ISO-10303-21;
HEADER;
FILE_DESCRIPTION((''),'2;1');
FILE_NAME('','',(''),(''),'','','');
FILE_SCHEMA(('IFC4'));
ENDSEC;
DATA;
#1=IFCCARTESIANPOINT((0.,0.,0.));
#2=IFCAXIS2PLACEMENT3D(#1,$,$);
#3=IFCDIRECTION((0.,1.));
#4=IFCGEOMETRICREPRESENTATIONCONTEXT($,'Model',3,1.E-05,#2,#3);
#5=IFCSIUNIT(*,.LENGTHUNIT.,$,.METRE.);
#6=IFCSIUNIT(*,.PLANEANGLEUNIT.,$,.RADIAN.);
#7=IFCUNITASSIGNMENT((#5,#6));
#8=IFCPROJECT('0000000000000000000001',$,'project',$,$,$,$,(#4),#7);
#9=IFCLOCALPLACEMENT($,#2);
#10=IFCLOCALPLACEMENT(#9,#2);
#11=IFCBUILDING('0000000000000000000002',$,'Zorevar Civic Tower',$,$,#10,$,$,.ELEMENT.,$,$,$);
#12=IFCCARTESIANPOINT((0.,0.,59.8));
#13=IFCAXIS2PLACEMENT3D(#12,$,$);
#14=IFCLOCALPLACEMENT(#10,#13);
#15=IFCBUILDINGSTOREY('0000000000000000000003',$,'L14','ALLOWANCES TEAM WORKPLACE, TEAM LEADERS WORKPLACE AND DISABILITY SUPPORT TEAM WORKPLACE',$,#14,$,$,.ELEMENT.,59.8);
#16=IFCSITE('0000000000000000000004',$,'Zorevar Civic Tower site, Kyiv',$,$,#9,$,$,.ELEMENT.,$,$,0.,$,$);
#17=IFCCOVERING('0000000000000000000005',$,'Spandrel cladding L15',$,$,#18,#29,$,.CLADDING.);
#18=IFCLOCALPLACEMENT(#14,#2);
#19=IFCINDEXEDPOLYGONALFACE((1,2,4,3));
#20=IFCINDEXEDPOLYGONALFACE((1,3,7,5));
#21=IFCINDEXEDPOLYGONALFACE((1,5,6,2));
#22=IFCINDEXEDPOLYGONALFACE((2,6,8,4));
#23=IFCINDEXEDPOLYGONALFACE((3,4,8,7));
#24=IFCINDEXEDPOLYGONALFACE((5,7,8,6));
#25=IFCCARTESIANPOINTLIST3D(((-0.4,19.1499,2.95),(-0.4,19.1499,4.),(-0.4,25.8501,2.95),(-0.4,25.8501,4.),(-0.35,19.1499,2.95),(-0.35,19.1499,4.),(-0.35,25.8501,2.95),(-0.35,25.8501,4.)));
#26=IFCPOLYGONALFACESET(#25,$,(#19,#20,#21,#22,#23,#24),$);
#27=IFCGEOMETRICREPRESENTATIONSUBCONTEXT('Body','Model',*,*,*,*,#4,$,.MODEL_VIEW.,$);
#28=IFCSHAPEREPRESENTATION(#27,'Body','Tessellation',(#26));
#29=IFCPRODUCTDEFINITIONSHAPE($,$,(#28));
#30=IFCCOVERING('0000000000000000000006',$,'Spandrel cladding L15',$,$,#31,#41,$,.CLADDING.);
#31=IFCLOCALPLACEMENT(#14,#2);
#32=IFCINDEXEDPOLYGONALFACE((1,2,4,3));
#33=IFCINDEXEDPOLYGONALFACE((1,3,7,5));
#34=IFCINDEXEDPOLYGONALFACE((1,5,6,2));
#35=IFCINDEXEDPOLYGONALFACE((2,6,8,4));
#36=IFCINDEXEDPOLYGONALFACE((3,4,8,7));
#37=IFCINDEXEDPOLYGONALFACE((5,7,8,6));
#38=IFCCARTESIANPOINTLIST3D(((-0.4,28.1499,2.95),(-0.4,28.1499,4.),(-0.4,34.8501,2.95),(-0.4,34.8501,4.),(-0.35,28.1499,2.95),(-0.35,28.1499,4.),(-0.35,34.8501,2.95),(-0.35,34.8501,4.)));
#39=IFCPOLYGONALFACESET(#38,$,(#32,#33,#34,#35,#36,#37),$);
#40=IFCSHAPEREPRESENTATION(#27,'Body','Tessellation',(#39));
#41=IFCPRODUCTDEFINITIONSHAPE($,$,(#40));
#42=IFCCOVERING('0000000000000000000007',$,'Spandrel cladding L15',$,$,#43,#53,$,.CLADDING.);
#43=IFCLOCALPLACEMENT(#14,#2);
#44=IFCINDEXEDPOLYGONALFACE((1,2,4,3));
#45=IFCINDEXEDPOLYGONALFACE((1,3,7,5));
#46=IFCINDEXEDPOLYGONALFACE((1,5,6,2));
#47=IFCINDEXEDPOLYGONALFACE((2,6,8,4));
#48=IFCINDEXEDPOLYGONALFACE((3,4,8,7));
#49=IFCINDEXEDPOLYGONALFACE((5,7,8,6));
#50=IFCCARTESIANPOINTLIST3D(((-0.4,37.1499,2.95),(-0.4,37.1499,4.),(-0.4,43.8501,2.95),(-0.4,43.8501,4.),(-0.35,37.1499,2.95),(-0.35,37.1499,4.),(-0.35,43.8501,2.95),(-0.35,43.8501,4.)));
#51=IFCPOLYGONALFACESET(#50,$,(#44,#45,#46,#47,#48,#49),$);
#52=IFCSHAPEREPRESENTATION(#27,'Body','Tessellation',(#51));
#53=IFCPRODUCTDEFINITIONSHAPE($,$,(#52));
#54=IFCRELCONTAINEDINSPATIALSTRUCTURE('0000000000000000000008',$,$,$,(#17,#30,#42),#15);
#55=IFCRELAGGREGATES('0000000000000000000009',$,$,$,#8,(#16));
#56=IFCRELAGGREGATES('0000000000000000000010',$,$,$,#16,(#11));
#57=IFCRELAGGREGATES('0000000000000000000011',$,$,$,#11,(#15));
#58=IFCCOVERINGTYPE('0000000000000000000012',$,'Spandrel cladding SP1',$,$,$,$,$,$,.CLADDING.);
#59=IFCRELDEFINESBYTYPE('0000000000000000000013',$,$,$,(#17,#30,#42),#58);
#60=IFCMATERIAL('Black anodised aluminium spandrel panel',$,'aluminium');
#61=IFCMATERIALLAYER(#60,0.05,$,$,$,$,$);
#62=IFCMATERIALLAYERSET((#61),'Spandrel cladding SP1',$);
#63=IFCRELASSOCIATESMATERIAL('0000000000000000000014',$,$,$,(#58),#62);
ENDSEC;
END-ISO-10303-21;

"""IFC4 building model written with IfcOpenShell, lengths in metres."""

from ifc_helpers import new_model, si_unit, direction, frame, frame_2d, origin, place, context, subcontext, project, spatial, rectangle, extrude, material, layer, layer_set, type_object, element, save


model = new_model("IFC4")

# Units and contexts
model_context = context("Model", 3, precision=1e-05, world=origin(), true_north=direction((0.0, 1.0)))
body_context = subcontext(model_context, "Body", "Model", "MODEL_VIEW")
ifc_project = project(units=[si_unit("LENGTHUNIT", "METRE"), si_unit("PLANEANGLEUNIT", "RADIAN")], contexts=[model_context])

# Site, building, storey
site_placement = place(None, origin())
site = spatial("IfcSite", under=ifc_project, at=site_placement, Name="Zorevar Civic Tower site, Kyiv", CompositionType="ELEMENT", RefElevation=0.0)
building_placement = place(site_placement, origin())
building = spatial("IfcBuilding", under=site, at=building_placement, Name="Zorevar Civic Tower", CompositionType="ELEMENT")
storey_placement = place(building_placement, frame((0.0, 0.0, 59.8)))
storey = spatial("IfcBuildingStorey", under=building, at=storey_placement, Name="L14", Description="ALLOWANCES TEAM WORKPLACE, TEAM LEADERS WORKPLACE AND DISABILITY SUPPORT TEAM WORKPLACE", CompositionType="ELEMENT", Elevation=59.8)

# Coverings
ifc_material_1 = material(Name="Black anodised aluminium spandrel panel", Category="aluminium")
ifc_layer_1 = layer(ifc_material_1, 0.05)
ifc_layer_set_1 = layer_set([ifc_layer_1], Name="Spandrel cladding SP1")
covering_type = type_object("IfcCoveringType", Name="Spandrel cladding SP1", PredefinedType="CLADDING", material=ifc_layer_set_1)
for number, where, z_axis, x_axis, name in (
    (1, (-0.375, 19.1499, 2.95), (0.0, 0.0, 1.0), (0.0, 1.0, 0.0), "Spandrel cladding L15"),
    (2, (-0.375, 28.1499, 2.95), (0.0, 0.0, 1.0), (0.0, 1.0, 0.0), "Spandrel cladding L15"),
    (3, (-0.375, 37.1499, 2.95), (0.0, 0.0, 1.0), (0.0, 1.0, 0.0), "Spandrel cladding L15"),
):
    element("IfcCovering", number, at=place(storey_placement, frame(where, z_axis=z_axis, x_axis=x_axis)), inside=storey, type_object=covering_type, Name=name, PredefinedType="CLADDING", context=body_context, shape_type="SweptSolid", body=[
        extrude(rectangle(XDim=6.7002, YDim=0.05, at=frame_2d((3.3501, 0.0))), origin(), (0.0, 0.0, 1.0), 1.05),
    ])

save(model, "model.ifc")
